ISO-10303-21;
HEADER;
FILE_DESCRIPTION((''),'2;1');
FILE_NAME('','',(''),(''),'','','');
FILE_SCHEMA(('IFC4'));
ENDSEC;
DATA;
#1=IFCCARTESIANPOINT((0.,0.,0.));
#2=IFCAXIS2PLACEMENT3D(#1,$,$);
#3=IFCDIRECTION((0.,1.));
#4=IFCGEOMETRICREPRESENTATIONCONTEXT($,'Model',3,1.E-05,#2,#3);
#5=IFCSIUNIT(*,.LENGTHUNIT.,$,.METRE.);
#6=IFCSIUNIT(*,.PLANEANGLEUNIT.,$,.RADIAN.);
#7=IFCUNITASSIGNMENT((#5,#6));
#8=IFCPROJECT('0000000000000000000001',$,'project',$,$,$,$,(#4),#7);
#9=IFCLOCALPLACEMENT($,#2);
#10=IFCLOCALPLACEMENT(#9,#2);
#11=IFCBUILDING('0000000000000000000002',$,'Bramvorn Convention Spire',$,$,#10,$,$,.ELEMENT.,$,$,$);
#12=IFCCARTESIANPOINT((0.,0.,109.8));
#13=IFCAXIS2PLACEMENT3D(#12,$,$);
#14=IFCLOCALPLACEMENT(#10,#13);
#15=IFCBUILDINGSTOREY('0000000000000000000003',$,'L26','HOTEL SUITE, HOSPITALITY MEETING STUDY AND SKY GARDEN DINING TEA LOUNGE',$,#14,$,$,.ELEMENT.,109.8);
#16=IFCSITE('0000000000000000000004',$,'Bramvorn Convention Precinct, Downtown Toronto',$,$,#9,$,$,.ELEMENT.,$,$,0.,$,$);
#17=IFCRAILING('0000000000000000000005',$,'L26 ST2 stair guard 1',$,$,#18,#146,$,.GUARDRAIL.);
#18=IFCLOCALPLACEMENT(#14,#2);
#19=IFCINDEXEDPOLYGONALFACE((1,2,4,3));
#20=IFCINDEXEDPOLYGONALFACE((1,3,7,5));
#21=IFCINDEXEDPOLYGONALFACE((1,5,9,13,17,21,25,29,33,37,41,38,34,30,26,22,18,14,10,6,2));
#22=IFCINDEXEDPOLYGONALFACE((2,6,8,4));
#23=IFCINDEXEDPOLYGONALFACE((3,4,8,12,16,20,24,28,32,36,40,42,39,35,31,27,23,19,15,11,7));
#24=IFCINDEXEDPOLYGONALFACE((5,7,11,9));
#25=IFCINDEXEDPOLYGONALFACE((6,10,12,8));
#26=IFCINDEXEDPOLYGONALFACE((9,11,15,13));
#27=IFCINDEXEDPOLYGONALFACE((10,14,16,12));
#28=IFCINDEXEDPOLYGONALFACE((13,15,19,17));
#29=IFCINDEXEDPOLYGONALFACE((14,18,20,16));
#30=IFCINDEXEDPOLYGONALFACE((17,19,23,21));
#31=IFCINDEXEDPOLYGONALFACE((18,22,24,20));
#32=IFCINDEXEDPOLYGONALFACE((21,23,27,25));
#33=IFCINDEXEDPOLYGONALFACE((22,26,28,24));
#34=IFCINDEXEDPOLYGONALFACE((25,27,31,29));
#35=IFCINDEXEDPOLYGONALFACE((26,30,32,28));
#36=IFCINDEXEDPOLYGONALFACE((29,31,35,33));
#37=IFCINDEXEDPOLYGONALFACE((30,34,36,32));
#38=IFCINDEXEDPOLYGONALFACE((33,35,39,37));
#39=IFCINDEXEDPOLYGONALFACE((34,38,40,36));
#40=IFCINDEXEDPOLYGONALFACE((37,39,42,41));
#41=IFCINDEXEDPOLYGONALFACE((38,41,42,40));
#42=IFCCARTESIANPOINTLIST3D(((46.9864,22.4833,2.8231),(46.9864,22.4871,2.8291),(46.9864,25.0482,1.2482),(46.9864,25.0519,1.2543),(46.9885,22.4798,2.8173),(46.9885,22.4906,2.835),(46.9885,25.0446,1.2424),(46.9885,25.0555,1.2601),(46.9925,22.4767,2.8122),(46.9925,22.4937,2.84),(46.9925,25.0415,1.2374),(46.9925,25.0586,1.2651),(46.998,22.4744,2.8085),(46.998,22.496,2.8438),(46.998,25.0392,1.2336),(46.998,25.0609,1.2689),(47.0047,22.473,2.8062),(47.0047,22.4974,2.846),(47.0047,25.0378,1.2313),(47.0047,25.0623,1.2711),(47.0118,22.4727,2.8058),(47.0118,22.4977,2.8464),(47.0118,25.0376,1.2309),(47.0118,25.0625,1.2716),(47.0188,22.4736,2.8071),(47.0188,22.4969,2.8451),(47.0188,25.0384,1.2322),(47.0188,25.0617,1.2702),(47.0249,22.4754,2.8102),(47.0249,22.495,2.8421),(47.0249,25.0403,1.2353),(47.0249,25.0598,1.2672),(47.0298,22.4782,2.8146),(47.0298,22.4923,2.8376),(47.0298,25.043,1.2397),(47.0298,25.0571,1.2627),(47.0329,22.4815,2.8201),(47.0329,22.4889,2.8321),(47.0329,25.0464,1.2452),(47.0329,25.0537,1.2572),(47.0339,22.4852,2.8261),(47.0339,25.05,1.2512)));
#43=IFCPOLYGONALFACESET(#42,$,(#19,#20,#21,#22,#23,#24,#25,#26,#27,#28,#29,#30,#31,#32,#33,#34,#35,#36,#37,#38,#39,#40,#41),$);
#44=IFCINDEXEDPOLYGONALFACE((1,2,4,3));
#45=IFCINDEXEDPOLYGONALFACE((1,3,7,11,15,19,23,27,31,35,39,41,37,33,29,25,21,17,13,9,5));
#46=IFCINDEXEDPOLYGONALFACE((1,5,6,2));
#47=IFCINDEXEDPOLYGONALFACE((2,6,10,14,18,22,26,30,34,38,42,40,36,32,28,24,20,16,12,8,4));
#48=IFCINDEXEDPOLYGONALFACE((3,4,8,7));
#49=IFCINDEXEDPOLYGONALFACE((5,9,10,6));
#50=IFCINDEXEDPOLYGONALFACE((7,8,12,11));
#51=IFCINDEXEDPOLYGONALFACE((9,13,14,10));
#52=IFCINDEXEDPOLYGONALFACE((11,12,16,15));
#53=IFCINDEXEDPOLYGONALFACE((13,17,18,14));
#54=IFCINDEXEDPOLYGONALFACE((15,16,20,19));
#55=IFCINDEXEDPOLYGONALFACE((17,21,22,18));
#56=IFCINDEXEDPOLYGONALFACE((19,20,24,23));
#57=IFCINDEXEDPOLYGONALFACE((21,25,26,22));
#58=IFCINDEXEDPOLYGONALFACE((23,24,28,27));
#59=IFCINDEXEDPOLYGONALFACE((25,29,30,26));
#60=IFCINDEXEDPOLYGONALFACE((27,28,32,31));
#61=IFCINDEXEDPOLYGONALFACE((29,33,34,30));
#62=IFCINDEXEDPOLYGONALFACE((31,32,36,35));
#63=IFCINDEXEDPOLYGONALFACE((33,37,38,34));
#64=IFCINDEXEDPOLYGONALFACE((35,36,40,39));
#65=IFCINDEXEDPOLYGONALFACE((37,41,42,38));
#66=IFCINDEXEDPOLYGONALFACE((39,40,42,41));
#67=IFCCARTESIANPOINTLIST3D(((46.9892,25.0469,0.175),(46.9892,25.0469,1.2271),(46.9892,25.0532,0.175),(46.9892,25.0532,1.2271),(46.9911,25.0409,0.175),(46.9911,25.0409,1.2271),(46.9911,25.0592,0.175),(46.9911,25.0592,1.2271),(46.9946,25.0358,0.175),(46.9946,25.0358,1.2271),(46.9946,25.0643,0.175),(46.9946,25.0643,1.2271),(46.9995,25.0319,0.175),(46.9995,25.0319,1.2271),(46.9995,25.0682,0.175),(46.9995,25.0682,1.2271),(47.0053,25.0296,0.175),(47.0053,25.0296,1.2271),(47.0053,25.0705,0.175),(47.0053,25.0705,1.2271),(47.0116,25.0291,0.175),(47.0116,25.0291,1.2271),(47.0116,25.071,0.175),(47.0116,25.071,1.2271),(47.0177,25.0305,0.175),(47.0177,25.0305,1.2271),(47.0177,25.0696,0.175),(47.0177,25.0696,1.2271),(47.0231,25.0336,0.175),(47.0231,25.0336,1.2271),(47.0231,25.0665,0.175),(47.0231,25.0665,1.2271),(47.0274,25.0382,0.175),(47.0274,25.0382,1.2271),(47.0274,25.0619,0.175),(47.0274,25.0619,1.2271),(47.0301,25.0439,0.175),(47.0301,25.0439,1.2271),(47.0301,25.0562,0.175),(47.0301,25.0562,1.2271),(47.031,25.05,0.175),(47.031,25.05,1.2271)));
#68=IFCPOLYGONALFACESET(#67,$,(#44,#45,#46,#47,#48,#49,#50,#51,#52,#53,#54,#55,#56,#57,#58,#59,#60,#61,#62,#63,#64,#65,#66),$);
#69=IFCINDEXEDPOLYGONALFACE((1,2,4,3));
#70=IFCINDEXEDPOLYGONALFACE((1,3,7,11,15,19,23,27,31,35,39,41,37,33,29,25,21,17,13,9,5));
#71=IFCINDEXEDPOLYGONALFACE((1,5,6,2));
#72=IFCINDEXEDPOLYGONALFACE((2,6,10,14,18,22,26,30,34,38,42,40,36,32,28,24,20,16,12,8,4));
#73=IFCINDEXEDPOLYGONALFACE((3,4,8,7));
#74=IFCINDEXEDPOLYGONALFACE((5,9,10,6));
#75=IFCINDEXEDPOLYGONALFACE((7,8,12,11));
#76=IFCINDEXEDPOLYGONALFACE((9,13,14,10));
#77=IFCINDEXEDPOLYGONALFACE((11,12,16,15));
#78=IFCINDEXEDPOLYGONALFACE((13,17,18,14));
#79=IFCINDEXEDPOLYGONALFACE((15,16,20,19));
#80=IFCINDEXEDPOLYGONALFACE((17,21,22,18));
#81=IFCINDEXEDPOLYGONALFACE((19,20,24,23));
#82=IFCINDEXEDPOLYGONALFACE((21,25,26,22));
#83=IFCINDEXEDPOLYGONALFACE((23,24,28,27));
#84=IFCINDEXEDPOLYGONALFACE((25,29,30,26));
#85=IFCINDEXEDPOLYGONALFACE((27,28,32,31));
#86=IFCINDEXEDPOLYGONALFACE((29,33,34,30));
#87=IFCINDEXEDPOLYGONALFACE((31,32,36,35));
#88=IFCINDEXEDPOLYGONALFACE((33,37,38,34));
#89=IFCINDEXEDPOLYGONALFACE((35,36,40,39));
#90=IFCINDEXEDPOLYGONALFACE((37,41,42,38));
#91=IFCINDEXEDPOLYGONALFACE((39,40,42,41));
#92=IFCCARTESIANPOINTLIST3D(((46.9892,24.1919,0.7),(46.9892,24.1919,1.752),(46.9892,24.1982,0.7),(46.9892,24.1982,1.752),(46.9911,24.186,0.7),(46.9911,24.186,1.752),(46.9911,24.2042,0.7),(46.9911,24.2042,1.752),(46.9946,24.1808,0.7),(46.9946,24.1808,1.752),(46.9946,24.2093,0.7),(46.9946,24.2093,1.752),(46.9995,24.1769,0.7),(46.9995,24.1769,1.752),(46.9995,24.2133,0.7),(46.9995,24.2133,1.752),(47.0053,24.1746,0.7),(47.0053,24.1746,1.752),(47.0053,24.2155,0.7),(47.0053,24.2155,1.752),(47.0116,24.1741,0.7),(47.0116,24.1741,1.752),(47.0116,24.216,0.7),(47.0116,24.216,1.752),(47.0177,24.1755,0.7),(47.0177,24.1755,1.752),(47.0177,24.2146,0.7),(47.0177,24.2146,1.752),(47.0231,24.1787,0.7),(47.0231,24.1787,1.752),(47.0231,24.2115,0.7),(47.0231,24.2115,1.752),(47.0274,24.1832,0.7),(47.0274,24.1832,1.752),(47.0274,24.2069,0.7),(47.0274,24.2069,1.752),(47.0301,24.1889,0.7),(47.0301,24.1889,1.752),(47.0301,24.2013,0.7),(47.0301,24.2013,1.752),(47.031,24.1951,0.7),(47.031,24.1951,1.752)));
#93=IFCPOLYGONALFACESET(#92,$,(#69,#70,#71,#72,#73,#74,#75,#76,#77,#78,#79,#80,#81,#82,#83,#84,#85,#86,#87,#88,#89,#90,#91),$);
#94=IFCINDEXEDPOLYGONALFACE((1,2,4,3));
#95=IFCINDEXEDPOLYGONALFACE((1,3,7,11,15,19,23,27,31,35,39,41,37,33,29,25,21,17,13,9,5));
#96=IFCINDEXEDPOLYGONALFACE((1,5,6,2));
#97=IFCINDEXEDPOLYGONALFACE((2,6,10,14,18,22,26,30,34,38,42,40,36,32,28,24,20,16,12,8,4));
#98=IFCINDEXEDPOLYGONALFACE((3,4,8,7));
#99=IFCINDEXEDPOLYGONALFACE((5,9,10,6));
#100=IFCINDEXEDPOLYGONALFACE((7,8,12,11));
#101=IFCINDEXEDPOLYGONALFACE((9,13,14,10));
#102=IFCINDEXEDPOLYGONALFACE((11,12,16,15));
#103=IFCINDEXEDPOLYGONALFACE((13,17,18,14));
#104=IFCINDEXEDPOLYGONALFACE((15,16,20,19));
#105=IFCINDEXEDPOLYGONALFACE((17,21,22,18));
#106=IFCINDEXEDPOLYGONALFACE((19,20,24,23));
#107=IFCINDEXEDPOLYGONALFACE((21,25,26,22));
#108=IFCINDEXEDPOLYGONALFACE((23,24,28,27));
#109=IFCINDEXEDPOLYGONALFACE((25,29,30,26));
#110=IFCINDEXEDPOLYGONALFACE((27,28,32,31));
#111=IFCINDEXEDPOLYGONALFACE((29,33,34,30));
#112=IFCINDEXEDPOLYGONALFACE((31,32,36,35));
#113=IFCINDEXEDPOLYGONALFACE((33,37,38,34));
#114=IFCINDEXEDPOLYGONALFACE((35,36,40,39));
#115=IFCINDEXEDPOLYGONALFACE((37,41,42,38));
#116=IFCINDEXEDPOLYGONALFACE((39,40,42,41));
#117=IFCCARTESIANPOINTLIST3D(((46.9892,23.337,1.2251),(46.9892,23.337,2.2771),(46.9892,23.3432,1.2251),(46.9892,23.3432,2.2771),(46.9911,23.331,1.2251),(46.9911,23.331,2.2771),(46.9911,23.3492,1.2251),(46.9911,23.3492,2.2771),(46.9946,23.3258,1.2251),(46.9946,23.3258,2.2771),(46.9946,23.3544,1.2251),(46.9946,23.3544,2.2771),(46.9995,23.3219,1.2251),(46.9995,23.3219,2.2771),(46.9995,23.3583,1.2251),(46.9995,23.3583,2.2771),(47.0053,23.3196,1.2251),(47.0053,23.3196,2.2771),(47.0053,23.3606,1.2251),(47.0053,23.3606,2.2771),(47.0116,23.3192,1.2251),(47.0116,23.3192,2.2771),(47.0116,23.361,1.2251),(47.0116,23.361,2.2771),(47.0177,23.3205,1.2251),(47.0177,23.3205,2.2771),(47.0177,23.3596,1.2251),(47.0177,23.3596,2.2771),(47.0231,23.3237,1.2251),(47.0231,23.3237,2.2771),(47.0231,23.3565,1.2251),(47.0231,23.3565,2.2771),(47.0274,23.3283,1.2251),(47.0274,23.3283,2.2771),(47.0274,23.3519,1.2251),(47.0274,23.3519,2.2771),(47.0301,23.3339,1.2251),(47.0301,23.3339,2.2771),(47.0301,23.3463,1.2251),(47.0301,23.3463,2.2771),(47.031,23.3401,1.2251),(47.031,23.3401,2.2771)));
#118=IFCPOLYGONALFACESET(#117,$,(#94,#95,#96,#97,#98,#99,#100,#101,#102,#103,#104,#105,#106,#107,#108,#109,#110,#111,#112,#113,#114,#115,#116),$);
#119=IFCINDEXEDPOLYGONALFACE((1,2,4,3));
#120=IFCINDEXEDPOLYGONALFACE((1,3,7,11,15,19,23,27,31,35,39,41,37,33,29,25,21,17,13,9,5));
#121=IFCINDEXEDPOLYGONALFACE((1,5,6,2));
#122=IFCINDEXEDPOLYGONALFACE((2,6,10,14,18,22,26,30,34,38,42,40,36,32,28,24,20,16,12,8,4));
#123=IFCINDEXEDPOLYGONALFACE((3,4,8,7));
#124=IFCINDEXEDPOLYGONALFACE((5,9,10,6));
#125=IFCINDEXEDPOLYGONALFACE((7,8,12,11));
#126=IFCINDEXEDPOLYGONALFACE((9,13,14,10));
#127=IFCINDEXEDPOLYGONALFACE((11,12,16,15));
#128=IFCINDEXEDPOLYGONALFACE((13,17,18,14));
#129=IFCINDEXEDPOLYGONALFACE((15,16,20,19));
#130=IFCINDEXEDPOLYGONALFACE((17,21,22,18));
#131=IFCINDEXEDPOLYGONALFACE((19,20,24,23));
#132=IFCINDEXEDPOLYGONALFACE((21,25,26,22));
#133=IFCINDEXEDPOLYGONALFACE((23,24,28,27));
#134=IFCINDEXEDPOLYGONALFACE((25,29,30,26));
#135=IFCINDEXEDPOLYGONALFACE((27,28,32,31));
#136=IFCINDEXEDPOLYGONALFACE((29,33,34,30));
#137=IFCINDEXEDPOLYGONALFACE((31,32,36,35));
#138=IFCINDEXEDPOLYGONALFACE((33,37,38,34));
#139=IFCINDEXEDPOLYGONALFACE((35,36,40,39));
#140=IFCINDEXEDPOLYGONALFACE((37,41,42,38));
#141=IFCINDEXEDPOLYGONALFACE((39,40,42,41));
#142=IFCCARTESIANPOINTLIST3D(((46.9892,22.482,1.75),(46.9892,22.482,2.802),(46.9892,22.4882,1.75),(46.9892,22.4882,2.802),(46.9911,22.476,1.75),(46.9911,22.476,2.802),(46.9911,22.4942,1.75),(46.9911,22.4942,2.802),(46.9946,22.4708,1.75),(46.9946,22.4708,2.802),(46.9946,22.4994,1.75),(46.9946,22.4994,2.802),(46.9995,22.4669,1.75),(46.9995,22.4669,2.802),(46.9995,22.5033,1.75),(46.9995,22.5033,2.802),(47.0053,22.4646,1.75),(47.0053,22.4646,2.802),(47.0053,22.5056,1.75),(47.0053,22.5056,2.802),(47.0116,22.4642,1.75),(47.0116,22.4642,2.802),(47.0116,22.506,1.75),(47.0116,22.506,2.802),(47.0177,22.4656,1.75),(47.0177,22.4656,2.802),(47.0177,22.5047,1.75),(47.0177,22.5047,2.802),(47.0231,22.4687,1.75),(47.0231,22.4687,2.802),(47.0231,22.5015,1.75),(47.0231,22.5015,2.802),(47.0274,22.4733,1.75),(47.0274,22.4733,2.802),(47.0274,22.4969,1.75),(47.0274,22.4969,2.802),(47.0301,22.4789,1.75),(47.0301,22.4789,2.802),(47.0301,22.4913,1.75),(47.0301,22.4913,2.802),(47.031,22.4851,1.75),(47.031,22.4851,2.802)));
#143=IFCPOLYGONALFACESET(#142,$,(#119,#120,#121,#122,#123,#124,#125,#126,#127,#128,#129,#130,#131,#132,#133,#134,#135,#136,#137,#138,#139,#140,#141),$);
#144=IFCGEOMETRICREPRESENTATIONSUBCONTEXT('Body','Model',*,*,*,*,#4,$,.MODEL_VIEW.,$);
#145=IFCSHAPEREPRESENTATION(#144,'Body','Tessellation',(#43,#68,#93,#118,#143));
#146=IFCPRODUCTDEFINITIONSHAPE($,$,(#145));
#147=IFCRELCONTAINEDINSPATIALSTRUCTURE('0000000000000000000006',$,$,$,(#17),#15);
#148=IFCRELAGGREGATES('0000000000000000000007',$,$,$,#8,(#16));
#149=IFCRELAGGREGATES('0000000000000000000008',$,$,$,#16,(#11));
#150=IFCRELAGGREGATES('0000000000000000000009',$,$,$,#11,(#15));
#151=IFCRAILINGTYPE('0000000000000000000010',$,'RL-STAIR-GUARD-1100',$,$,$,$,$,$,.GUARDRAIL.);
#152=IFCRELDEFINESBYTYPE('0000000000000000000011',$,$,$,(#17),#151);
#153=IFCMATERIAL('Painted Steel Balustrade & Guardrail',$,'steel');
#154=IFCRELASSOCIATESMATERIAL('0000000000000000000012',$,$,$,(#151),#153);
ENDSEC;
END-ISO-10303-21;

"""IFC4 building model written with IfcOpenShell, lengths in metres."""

from ifc_helpers import new_model, si_unit, direction, frame, origin, origin_2d, place, context, subcontext, project, spatial, circle, extrude, material, type_object, element, save


model = new_model("IFC4")

# Units and contexts
model_context = context("Model", 3, precision=1e-05, world=origin(), true_north=direction((0.0, 1.0)))
body_context = subcontext(model_context, "Body", "Model", "MODEL_VIEW")
ifc_project = project(units=[si_unit("LENGTHUNIT", "METRE"), si_unit("PLANEANGLEUNIT", "RADIAN")], contexts=[model_context])

# Site, building, storey
site_placement = place(None, origin())
site = spatial("IfcSite", under=ifc_project, at=site_placement, Name="Bramvorn Convention Precinct, Downtown Toronto", CompositionType="ELEMENT", RefElevation=0.0)
building_placement = place(site_placement, origin())
building = spatial("IfcBuilding", under=site, at=building_placement, Name="Bramvorn Convention Spire", CompositionType="ELEMENT")
storey_placement = place(building_placement, frame((0.0, 0.0, 109.8)))
storey = spatial("IfcBuildingStorey", under=building, at=storey_placement, Name="L26", Description="HOTEL SUITE, HOSPITALITY MEETING STUDY AND SKY GARDEN DINING TEA LOUNGE", CompositionType="ELEMENT", Elevation=109.8)

# Railing
ifc_material_1 = material(Name="Painted Steel Balustrade & Guardrail", Category="steel")
railing_type_1 = type_object("IfcRailingType", Name="RL-STAIR-GUARD-1100", PredefinedType="GUARDRAIL", material=ifc_material_1)
railing_1_placement = place(storey_placement, frame((47.01, 25.05, 0.175)))
element("IfcRailing", 1, at=railing_1_placement, inside=storey, type_object=railing_type_1, Name="L26 ST2 stair guard 1", PredefinedType="GUARDRAIL", context=body_context, shape_type="SweptSolid", body=[
    extrude(circle(Radius=0.0239, at=origin_2d()), frame((0.0, 0.0, 1.0762), z_axis=(0.0, -0.852173, 0.52326), x_axis=(1.0, 0.0, 0.0)), (0.0, 0.0, 1.0), 3.0098),
    extrude(circle(Radius=0.021, at=origin_2d()), origin(), (0.0, 0.0, 1.0), 1.052),
    extrude(circle(Radius=0.021, at=origin_2d()), frame((0.0, -0.855, 0.5249)), (0.0, 0.0, 1.0), 1.052),
    extrude(circle(Radius=0.021, at=origin_2d()), frame((0.0, -1.71, 1.05)), (0.0, 0.0, 1.0), 1.052),
    extrude(circle(Radius=0.021, at=origin_2d()), frame((0.0, -2.5649, 1.575)), (0.0, 0.0, 1.0), 1.052),
])

save(model, "model.ifc")
